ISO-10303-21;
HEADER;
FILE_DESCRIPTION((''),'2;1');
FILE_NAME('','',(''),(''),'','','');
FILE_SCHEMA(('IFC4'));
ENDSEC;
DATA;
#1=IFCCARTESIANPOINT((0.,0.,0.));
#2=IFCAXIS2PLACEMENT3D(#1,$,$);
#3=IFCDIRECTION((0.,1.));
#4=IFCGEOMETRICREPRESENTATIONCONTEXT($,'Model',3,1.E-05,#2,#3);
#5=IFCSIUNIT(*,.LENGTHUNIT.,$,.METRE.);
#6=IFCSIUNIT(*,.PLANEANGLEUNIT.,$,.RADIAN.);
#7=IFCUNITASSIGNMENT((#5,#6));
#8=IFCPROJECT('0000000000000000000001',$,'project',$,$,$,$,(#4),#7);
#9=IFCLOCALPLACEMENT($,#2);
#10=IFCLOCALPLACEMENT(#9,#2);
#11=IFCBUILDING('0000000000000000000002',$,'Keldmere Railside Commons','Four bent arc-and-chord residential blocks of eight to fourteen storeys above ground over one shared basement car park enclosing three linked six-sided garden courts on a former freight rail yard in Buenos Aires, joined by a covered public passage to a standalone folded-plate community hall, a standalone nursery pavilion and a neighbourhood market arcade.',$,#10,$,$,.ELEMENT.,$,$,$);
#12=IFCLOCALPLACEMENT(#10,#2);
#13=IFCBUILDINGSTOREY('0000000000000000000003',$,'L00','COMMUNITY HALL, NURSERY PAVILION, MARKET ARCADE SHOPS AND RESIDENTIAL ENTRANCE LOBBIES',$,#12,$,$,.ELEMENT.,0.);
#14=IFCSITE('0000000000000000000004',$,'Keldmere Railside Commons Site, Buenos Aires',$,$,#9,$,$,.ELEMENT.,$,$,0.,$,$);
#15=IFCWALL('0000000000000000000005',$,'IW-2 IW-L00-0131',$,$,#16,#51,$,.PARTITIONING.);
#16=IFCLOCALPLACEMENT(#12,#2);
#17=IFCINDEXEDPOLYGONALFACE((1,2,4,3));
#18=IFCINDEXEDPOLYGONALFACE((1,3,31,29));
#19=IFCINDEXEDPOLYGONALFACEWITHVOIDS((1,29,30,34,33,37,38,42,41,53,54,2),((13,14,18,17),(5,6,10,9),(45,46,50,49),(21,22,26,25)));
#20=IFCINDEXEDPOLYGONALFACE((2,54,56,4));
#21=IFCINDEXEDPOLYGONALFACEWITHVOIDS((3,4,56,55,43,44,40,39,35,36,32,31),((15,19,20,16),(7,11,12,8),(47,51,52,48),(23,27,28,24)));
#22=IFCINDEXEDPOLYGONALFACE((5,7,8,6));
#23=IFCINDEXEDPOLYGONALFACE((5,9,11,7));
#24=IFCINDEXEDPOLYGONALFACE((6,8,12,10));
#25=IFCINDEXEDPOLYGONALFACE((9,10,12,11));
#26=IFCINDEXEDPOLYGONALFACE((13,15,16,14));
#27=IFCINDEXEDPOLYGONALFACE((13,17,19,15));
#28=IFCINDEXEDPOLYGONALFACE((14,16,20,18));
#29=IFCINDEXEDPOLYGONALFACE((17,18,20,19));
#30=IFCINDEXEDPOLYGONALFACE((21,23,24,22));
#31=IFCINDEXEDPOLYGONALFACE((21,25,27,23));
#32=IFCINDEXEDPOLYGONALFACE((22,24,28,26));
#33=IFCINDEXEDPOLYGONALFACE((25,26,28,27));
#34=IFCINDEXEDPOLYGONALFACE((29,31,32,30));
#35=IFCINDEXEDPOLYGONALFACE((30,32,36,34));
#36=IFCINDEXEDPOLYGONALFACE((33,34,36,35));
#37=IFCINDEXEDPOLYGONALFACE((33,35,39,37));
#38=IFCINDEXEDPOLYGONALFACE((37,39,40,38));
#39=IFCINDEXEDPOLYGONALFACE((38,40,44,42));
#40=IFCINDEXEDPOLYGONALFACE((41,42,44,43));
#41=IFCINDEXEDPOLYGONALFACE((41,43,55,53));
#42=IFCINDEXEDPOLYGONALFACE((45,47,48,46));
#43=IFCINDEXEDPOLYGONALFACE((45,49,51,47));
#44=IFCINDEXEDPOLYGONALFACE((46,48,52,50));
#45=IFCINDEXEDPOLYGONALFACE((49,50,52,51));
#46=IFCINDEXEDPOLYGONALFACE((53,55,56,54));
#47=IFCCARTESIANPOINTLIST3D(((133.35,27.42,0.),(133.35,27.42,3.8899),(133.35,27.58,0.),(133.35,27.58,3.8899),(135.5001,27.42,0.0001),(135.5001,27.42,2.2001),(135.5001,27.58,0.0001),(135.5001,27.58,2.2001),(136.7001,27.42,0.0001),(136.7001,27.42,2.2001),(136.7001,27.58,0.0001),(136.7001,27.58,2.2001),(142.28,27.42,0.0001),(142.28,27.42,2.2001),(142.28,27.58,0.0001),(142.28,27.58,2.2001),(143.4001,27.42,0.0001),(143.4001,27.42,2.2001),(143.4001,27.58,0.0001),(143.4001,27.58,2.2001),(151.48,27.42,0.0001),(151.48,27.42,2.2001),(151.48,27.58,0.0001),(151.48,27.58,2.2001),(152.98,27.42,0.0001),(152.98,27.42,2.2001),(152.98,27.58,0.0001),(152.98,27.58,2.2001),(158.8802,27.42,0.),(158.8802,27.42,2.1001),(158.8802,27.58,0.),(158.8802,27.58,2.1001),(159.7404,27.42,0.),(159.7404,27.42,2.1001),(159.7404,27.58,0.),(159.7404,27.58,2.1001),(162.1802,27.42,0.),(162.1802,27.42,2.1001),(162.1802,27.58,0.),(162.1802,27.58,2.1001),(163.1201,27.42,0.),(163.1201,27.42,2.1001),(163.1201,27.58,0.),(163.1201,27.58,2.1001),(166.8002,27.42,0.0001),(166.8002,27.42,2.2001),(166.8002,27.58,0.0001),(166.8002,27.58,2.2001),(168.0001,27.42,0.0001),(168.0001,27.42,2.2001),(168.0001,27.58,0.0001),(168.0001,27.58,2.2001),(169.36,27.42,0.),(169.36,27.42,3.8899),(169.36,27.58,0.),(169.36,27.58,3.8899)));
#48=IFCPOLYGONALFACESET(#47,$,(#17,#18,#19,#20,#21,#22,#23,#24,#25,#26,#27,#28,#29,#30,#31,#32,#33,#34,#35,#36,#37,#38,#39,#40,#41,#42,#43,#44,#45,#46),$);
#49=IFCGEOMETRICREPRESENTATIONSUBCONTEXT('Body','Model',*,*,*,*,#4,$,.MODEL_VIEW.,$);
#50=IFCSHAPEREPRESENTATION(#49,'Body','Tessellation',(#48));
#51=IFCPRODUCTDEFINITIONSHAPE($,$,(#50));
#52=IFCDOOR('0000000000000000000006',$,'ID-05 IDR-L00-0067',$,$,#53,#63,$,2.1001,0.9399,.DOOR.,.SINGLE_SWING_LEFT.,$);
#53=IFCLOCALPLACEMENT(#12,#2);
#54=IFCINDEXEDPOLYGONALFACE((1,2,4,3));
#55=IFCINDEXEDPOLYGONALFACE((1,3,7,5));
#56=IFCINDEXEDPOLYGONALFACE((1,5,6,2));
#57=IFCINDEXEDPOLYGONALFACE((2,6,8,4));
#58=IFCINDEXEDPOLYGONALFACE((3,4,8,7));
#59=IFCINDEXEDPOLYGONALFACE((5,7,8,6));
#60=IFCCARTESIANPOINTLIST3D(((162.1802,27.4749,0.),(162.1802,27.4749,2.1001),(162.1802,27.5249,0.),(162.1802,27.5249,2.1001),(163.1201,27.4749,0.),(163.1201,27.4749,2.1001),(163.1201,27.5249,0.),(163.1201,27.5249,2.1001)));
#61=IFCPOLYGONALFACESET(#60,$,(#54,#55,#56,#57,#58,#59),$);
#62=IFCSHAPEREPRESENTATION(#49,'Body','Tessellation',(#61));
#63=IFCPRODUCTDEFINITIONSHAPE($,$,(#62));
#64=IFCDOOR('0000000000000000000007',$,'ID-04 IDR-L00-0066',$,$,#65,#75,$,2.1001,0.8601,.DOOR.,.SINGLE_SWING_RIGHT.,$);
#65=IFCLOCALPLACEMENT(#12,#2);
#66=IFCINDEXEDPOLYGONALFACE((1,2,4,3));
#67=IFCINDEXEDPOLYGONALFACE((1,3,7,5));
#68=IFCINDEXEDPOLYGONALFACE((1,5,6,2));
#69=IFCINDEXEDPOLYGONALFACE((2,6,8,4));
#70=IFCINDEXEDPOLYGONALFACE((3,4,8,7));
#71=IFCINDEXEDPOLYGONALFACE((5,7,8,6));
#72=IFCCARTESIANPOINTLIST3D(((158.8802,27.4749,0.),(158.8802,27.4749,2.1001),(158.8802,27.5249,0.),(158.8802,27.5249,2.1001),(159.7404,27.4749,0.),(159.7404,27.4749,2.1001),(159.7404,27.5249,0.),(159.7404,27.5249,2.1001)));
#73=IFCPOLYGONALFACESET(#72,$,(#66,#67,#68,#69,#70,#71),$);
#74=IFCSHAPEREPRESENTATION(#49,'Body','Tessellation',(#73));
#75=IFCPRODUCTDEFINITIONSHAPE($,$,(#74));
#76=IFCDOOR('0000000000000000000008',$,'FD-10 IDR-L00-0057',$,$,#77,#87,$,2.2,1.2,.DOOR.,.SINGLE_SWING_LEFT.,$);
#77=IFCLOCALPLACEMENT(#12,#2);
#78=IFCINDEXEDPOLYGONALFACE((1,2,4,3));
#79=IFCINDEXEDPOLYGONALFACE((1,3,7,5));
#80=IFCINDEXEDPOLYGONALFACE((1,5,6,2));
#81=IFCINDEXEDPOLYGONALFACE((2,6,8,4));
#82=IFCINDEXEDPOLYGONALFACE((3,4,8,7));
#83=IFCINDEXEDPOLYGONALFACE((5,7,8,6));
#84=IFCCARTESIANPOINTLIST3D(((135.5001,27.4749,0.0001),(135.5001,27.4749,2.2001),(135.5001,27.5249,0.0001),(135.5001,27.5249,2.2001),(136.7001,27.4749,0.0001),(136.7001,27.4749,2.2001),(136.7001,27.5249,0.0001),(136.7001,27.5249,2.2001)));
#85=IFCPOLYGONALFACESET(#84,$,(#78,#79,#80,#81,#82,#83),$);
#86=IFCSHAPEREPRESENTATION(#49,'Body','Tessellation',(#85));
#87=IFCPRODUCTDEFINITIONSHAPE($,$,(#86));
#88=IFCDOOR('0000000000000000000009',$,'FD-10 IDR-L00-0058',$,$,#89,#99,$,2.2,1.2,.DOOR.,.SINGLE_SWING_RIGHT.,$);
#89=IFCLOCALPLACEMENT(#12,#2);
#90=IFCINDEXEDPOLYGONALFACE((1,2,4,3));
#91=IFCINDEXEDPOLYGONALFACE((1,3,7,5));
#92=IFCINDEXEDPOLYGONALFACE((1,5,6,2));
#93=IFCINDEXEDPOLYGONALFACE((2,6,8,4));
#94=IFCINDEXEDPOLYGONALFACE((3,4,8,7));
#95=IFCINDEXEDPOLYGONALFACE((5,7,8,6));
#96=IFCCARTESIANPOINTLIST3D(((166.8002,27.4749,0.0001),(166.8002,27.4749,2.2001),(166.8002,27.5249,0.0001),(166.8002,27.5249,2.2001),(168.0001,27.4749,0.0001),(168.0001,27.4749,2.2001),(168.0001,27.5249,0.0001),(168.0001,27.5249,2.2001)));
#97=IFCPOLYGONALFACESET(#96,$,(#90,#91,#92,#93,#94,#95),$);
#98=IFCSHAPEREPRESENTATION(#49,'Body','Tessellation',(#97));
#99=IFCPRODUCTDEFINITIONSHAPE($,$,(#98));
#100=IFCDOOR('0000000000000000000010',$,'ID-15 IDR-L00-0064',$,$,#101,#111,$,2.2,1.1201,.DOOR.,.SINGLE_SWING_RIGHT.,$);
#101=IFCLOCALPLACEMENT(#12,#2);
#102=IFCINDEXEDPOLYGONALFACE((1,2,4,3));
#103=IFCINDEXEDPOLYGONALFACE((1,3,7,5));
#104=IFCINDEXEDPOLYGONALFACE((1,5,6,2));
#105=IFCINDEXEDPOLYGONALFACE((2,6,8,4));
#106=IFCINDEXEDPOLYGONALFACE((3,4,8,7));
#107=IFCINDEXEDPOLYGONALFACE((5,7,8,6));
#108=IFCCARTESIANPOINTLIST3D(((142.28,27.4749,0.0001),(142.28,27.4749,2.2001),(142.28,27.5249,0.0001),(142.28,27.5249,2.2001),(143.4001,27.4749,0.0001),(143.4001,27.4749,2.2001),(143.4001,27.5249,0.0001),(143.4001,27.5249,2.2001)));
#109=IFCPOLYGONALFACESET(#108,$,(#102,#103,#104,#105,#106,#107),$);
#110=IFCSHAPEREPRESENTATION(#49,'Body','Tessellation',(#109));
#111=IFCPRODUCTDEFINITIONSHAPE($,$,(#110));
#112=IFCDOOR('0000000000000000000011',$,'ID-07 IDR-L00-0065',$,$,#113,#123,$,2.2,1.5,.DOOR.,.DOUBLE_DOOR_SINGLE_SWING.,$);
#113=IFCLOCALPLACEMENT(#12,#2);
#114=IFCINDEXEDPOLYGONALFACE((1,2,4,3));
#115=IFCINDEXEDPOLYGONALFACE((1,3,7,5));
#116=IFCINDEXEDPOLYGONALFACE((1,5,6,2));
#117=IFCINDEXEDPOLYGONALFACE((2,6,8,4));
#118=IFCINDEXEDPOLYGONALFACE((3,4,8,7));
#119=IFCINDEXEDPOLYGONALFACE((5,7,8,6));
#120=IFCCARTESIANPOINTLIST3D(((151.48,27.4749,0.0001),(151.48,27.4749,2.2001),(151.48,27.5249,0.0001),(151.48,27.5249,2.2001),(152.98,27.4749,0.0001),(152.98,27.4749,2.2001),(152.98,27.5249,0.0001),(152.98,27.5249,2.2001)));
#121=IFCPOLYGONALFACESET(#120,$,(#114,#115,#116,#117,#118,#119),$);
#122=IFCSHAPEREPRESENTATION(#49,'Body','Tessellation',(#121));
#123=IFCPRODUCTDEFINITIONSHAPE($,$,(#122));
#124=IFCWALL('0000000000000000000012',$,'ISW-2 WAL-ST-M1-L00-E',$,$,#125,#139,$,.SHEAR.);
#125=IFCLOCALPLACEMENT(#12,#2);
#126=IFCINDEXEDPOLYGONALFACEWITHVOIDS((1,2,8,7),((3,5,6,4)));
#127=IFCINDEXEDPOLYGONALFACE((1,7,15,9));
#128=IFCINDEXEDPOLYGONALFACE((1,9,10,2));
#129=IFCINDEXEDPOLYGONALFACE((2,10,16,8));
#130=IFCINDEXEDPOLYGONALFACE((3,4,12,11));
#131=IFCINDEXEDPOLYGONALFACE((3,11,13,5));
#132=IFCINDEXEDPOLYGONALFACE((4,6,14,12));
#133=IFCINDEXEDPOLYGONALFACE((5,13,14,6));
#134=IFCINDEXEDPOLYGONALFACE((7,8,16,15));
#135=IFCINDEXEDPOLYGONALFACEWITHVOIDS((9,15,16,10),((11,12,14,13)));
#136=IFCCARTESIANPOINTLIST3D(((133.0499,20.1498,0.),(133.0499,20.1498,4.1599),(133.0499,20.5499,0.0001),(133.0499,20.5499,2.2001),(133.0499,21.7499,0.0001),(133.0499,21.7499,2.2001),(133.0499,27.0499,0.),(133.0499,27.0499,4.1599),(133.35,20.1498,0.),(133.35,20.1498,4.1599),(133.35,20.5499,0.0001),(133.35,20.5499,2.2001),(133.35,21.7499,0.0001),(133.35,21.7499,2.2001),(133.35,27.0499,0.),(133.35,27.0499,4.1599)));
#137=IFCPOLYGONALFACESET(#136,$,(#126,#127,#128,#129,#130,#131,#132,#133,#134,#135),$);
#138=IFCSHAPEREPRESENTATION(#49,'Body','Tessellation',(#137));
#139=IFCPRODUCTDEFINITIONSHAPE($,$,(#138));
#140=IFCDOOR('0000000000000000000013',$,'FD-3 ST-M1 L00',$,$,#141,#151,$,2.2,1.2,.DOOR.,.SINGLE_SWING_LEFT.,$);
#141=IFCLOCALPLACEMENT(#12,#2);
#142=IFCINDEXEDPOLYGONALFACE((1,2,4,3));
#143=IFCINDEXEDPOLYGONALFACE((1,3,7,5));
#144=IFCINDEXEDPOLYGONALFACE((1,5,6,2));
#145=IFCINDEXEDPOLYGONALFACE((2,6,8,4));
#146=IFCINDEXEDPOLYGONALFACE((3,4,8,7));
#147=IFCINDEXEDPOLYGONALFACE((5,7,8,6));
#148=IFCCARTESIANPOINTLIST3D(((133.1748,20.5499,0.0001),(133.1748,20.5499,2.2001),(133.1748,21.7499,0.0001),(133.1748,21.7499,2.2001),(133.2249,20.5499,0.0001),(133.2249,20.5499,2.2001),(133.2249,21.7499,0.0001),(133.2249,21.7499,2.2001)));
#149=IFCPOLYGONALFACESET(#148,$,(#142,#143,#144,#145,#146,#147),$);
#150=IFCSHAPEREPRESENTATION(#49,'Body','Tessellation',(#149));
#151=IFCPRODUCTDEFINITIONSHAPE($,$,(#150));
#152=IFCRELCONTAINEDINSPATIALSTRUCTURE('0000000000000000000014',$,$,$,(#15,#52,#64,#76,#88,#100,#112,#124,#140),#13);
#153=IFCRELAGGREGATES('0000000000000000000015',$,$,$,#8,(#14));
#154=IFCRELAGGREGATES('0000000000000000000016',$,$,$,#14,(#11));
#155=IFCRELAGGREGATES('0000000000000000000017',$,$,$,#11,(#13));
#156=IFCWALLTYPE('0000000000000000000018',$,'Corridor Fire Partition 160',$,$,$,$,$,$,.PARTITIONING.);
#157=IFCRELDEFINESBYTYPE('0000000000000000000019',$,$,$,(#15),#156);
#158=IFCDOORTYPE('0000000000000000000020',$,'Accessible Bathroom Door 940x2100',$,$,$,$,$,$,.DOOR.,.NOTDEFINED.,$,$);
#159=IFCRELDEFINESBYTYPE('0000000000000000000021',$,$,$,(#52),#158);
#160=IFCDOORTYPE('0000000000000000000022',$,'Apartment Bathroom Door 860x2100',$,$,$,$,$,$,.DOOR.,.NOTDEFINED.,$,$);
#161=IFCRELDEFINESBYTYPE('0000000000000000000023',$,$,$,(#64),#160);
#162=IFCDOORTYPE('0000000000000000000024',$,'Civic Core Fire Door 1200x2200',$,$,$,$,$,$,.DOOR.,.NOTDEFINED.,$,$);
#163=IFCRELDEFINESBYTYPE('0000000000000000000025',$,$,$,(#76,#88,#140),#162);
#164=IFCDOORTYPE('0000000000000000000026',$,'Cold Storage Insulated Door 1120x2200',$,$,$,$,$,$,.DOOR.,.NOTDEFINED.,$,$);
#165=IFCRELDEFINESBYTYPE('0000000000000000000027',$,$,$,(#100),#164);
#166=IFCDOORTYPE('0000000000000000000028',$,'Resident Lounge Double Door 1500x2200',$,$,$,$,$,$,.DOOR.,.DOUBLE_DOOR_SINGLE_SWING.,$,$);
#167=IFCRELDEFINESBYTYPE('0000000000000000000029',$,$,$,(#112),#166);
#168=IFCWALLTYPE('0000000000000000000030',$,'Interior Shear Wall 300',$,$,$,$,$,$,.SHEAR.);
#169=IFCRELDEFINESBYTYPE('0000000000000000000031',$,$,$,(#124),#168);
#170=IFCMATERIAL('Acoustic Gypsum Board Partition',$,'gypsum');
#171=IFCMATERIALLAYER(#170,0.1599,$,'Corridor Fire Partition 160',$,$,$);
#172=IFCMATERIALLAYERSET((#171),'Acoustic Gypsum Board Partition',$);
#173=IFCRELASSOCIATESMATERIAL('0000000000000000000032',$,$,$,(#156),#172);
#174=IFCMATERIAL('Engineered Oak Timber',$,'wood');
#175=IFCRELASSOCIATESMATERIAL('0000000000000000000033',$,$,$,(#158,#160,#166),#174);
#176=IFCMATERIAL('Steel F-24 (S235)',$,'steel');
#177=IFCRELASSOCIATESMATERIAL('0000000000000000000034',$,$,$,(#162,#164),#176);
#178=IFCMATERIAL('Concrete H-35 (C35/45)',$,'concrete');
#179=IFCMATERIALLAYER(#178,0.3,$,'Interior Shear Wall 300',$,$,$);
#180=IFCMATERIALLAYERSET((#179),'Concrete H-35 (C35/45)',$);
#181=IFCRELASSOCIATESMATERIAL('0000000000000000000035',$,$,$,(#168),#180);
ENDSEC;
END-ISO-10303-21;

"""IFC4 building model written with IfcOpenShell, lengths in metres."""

from ifc_helpers import new_model, si_unit, direction, frame, frame_2d, origin, place, context, subcontext, project, spatial, rectangle, extrude, material, layer, layer_set, type_object, element, fill, save


model = new_model("IFC4")

# Units and contexts
model_context = context("Model", 3, precision=1e-05, world=origin(), true_north=direction((0.0, 1.0)))
body_context = subcontext(model_context, "Body", "Model", "MODEL_VIEW")
ifc_project = project(units=[si_unit("LENGTHUNIT", "METRE"), si_unit("PLANEANGLEUNIT", "RADIAN")], contexts=[model_context])

# Site, building, storey
site_placement = place(None, origin())
site = spatial("IfcSite", under=ifc_project, at=site_placement, Name="Keldmere Railside Commons Site, Buenos Aires", CompositionType="ELEMENT", RefElevation=0.0)
building_placement = place(site_placement, origin())
building = spatial("IfcBuilding", under=site, at=building_placement, Name="Keldmere Railside Commons", Description="Four bent arc-and-chord residential blocks of eight to fourteen storeys above ground over one shared basement car park enclosing three linked six-sided garden courts on a former freight rail yard in Buenos Aires, joined by a covered public passage to a standalone folded-plate community hall, a standalone nursery pavilion and a neighbourhood market arcade.", CompositionType="ELEMENT")
storey_placement = place(building_placement, origin())
storey = spatial("IfcBuildingStorey", under=building, at=storey_placement, Name="L00", Description="COMMUNITY HALL, NURSERY PAVILION, MARKET ARCADE SHOPS AND RESIDENTIAL ENTRANCE LOBBIES", CompositionType="ELEMENT", Elevation=0.0)

# Shared definitions
ifc_material_1 = material(Name="Concrete H-35 (C35/45)", Category="concrete")

# Shared definitions
ifc_material_2 = material(Name="Acoustic Gypsum Board Partition", Category="gypsum")

# Wall, openings, doors
ifc_layer_1 = layer(ifc_material_2, 0.1599, Name="Corridor Fire Partition 160")
ifc_layer_set_1 = layer_set([ifc_layer_1], Name="Acoustic Gypsum Board Partition")
wall_type_1 = type_object("IfcWallType", Name="Corridor Fire Partition 160", PredefinedType="PARTITIONING", material=ifc_layer_set_1)
wall_1_placement = place(storey_placement, frame((133.3501, 27.5, 0.0), z_axis=(0.0, 0.0, 1.0), x_axis=(1.0, 0.0, 0.0)))
wall_1 = element("IfcWall", 1, at=wall_1_placement, inside=storey, type_object=wall_type_1, Name="IW-2 IW-L00-0131", PredefinedType="PARTITIONING", context=body_context, shape_type="SweptSolid", body=[
    extrude(rectangle(XDim=36.01, YDim=0.1599, at=frame_2d((18.0049, 0.0))), origin(), (0.0, 0.0, 1.0), 3.8899),
])
opening_1_placement = place(wall_1_placement, frame((2.1499, 0.0, 0.0)))
opening_1 = element("IfcOpeningElement", 2, at=opening_1_placement, cuts=wall_1, PredefinedType="OPENING", context=body_context, shape_type="SweptSolid", body=[
    extrude(rectangle(XDim=1.2, YDim=2.2, at=frame_2d((0.6001, 1.1001))), frame((0.0, 0.0898, 0.0), z_axis=(0.0, -1.0, 0.0), x_axis=(1.0, 0.0, 0.0)), (0.0, 0.0, 1.0), 0.1799),
])
opening_2_placement = place(wall_1_placement, frame((33.45, 0.0, 0.0)))
opening_2 = element("IfcOpeningElement", 3, at=opening_2_placement, cuts=wall_1, PredefinedType="OPENING", context=body_context, shape_type="SweptSolid", body=[
    extrude(rectangle(XDim=1.2, YDim=2.2, at=frame_2d((0.6001, 1.1001))), frame((0.0, 0.0898, 0.0), z_axis=(0.0, -1.0, 0.0), x_axis=(1.0, 0.0, 0.0)), (0.0, 0.0, 1.0), 0.1799),
])
opening_3_placement = place(wall_1_placement, frame((8.9299, 0.0, 0.0)))
opening_3 = element("IfcOpeningElement", 4, at=opening_3_placement, cuts=wall_1, PredefinedType="OPENING", context=body_context, shape_type="SweptSolid", body=[
    extrude(rectangle(XDim=1.1201, YDim=2.2, at=frame_2d((0.5601, 1.1001))), frame((0.0, 0.0898, 0.0), z_axis=(0.0, -1.0, 0.0), x_axis=(1.0, 0.0, 0.0)), (0.0, 0.0, 1.0), 0.1799),
])
opening_4_placement = place(wall_1_placement, frame((18.1299, 0.0, 0.0)))
opening_4 = element("IfcOpeningElement", 5, at=opening_4_placement, cuts=wall_1, PredefinedType="OPENING", context=body_context, shape_type="SweptSolid", body=[
    extrude(rectangle(XDim=1.5, YDim=2.2, at=frame_2d((0.75, 1.1001))), frame((0.0, 0.0898, 0.0), z_axis=(0.0, -1.0, 0.0), x_axis=(1.0, 0.0, 0.0)), (0.0, 0.0, 1.0), 0.1799),
])
opening_5_placement = place(wall_1_placement, frame((25.53, 0.0, 0.0)))
opening_5 = element("IfcOpeningElement", 6, at=opening_5_placement, cuts=wall_1, PredefinedType="OPENING", context=body_context, shape_type="SweptSolid", body=[
    extrude(rectangle(XDim=0.8601, YDim=2.1001, at=frame_2d((0.4302, 1.05))), frame((0.0, 0.0898, 0.0), z_axis=(0.0, -1.0, 0.0), x_axis=(1.0, 0.0, 0.0)), (0.0, 0.0, 1.0), 0.1799),
])
opening_6_placement = place(wall_1_placement, frame((28.8301, 0.0, 0.0)))
opening_6 = element("IfcOpeningElement", 7, at=opening_6_placement, cuts=wall_1, PredefinedType="OPENING", context=body_context, shape_type="SweptSolid", body=[
    extrude(rectangle(XDim=0.9399, YDim=2.1001, at=frame_2d((0.47, 1.05))), frame((0.0, 0.0898, 0.0), z_axis=(0.0, -1.0, 0.0), x_axis=(1.0, 0.0, 0.0)), (0.0, 0.0, 1.0), 0.1799),
])
ifc_material_3 = material(Name="Engineered Oak Timber", Category="wood")
door_type_1 = type_object("IfcDoorType", Name="Accessible Bathroom Door 940x2100", OperationType="NOTDEFINED", PredefinedType="DOOR", material=ifc_material_3)
door_1_placement = place(opening_6_placement, origin())
door_1 = element("IfcDoor", 8, at=door_1_placement, inside=storey, type_object=door_type_1, Name="ID-05 IDR-L00-0067", OperationType="SINGLE_SWING_LEFT", OverallHeight=2.1001, OverallWidth=0.9399, PredefinedType="DOOR", context=body_context, shape_type="SweptSolid", body=[
    extrude(rectangle(XDim=0.9399, YDim=2.1001, at=frame_2d((0.47, 1.05))), frame((0.0, 0.0249, 0.0), z_axis=(0.0, -1.0, 0.0), x_axis=(1.0, 0.0, 0.0)), (0.0, 0.0, 1.0), 0.05),
])
fill(opening_6, door_1)
door_type_2 = type_object("IfcDoorType", Name="Apartment Bathroom Door 860x2100", OperationType="NOTDEFINED", PredefinedType="DOOR", material=ifc_material_3)
door_2_placement = place(opening_5_placement, origin())
door_2 = element("IfcDoor", 9, at=door_2_placement, inside=storey, type_object=door_type_2, Name="ID-04 IDR-L00-0066", OperationType="SINGLE_SWING_RIGHT", OverallHeight=2.1001, OverallWidth=0.8601, PredefinedType="DOOR", context=body_context, shape_type="SweptSolid", body=[
    extrude(rectangle(XDim=0.8601, YDim=2.1001, at=frame_2d((0.4302, 1.05))), frame((0.0, 0.0249, 0.0), z_axis=(0.0, -1.0, 0.0), x_axis=(1.0, 0.0, 0.0)), (0.0, 0.0, 1.0), 0.05),
])
fill(opening_5, door_2)
ifc_material_4 = material(Name="Steel F-24 (S235)", Category="steel")
door_type_3 = type_object("IfcDoorType", Name="Civic Core Fire Door 1200x2200", OperationType="NOTDEFINED", PredefinedType="DOOR", material=ifc_material_4)
door_3_placement = place(opening_1_placement, origin())
door_3 = element("IfcDoor", 10, at=door_3_placement, inside=storey, type_object=door_type_3, Name="FD-10 IDR-L00-0057", OperationType="SINGLE_SWING_LEFT", OverallHeight=2.2, OverallWidth=1.2, PredefinedType="DOOR", context=body_context, shape_type="SweptSolid", body=[
    extrude(rectangle(XDim=1.2, YDim=2.2, at=frame_2d((0.6001, 1.1001))), frame((0.0, 0.0249, 0.0), z_axis=(0.0, -1.0, 0.0), x_axis=(1.0, 0.0, 0.0)), (0.0, 0.0, 1.0), 0.05),
])
fill(opening_1, door_3)
door_4_placement = place(opening_2_placement, origin())
door_4 = element("IfcDoor", 11, at=door_4_placement, inside=storey, type_object=door_type_3, Name="FD-10 IDR-L00-0058", OperationType="SINGLE_SWING_RIGHT", OverallHeight=2.2, OverallWidth=1.2, PredefinedType="DOOR", context=body_context, shape_type="SweptSolid", body=[
    extrude(rectangle(XDim=1.2, YDim=2.2, at=frame_2d((0.6001, 1.1001))), frame((0.0, 0.0249, 0.0), z_axis=(0.0, -1.0, 0.0), x_axis=(1.0, 0.0, 0.0)), (0.0, 0.0, 1.0), 0.05),
])
fill(opening_2, door_4)
door_type_4 = type_object("IfcDoorType", Name="Cold Storage Insulated Door 1120x2200", OperationType="NOTDEFINED", PredefinedType="DOOR", material=ifc_material_4)
door_5_placement = place(opening_3_placement, origin())
door_5 = element("IfcDoor", 12, at=door_5_placement, inside=storey, type_object=door_type_4, Name="ID-15 IDR-L00-0064", OperationType="SINGLE_SWING_RIGHT", OverallHeight=2.2, OverallWidth=1.1201, PredefinedType="DOOR", context=body_context, shape_type="SweptSolid", body=[
    extrude(rectangle(XDim=1.1201, YDim=2.2, at=frame_2d((0.5601, 1.1001))), frame((0.0, 0.0249, 0.0), z_axis=(0.0, -1.0, 0.0), x_axis=(1.0, 0.0, 0.0)), (0.0, 0.0, 1.0), 0.05),
])
fill(opening_3, door_5)
door_type_5 = type_object("IfcDoorType", Name="Resident Lounge Double Door 1500x2200", OperationType="DOUBLE_DOOR_SINGLE_SWING", PredefinedType="DOOR", material=ifc_material_3)
door_6_placement = place(opening_4_placement, origin())
door_6 = element("IfcDoor", 13, at=door_6_placement, inside=storey, type_object=door_type_5, Name="ID-07 IDR-L00-0065", OperationType="DOUBLE_DOOR_SINGLE_SWING", OverallHeight=2.2, OverallWidth=1.5, PredefinedType="DOOR", context=body_context, shape_type="SweptSolid", body=[
    extrude(rectangle(XDim=1.5, YDim=2.2, at=frame_2d((0.75, 1.1001))), frame((0.0, 0.0249, 0.0), z_axis=(0.0, -1.0, 0.0), x_axis=(1.0, 0.0, 0.0)), (0.0, 0.0, 1.0), 0.05),
])
fill(opening_4, door_6)

# Wall, opening, door
ifc_layer_2 = layer(ifc_material_1, 0.3, Name="Interior Shear Wall 300")
ifc_layer_set_2 = layer_set([ifc_layer_2], Name="Concrete H-35 (C35/45)")
wall_type_2 = type_object("IfcWallType", Name="Interior Shear Wall 300", PredefinedType="SHEAR", material=ifc_layer_set_2)
wall_2_placement = place(storey_placement, frame((133.2, 27.05, 0.0), z_axis=(0.0, 0.0, 1.0), x_axis=(0.0, -1.0, 0.0)))
wall_2 = element("IfcWall", 14, at=wall_2_placement, inside=storey, type_object=wall_type_2, Name="ISW-2 WAL-ST-M1-L00-E", PredefinedType="SHEAR", context=body_context, shape_type="SweptSolid", body=[
    extrude(rectangle(XDim=6.9001, YDim=0.3, at=frame_2d((3.4502, 0.0))), origin(), (0.0, 0.0, 1.0), 4.1599),
])
opening_7_placement = place(wall_2_placement, frame((5.3, 0.0, 0.0)))
opening_7 = element("IfcOpeningElement", 15, at=opening_7_placement, cuts=wall_2, PredefinedType="OPENING", context=body_context, shape_type="SweptSolid", body=[
    extrude(rectangle(XDim=1.2, YDim=2.2, at=frame_2d((0.6001, 1.1001))), frame((0.0, 0.1599, 0.0), z_axis=(0.0, -1.0, 0.0), x_axis=(1.0, 0.0, 0.0)), (0.0, 0.0, 1.0), 0.3201),
])
door_7_placement = place(opening_7_placement, origin())
door_7 = element("IfcDoor", 16, at=door_7_placement, inside=storey, type_object=door_type_3, Name="FD-3 ST-M1 L00", OperationType="SINGLE_SWING_LEFT", OverallHeight=2.2, OverallWidth=1.2, PredefinedType="DOOR", context=body_context, shape_type="SweptSolid", body=[
    extrude(rectangle(XDim=1.2, YDim=2.2, at=frame_2d((0.6001, 1.1001))), frame((0.0, 0.0249, 0.0), z_axis=(0.0, -1.0, 0.0), x_axis=(1.0, 0.0, 0.0)), (0.0, 0.0, 1.0), 0.05),
])
fill(opening_7, door_7)

save(model, "model.ifc")
